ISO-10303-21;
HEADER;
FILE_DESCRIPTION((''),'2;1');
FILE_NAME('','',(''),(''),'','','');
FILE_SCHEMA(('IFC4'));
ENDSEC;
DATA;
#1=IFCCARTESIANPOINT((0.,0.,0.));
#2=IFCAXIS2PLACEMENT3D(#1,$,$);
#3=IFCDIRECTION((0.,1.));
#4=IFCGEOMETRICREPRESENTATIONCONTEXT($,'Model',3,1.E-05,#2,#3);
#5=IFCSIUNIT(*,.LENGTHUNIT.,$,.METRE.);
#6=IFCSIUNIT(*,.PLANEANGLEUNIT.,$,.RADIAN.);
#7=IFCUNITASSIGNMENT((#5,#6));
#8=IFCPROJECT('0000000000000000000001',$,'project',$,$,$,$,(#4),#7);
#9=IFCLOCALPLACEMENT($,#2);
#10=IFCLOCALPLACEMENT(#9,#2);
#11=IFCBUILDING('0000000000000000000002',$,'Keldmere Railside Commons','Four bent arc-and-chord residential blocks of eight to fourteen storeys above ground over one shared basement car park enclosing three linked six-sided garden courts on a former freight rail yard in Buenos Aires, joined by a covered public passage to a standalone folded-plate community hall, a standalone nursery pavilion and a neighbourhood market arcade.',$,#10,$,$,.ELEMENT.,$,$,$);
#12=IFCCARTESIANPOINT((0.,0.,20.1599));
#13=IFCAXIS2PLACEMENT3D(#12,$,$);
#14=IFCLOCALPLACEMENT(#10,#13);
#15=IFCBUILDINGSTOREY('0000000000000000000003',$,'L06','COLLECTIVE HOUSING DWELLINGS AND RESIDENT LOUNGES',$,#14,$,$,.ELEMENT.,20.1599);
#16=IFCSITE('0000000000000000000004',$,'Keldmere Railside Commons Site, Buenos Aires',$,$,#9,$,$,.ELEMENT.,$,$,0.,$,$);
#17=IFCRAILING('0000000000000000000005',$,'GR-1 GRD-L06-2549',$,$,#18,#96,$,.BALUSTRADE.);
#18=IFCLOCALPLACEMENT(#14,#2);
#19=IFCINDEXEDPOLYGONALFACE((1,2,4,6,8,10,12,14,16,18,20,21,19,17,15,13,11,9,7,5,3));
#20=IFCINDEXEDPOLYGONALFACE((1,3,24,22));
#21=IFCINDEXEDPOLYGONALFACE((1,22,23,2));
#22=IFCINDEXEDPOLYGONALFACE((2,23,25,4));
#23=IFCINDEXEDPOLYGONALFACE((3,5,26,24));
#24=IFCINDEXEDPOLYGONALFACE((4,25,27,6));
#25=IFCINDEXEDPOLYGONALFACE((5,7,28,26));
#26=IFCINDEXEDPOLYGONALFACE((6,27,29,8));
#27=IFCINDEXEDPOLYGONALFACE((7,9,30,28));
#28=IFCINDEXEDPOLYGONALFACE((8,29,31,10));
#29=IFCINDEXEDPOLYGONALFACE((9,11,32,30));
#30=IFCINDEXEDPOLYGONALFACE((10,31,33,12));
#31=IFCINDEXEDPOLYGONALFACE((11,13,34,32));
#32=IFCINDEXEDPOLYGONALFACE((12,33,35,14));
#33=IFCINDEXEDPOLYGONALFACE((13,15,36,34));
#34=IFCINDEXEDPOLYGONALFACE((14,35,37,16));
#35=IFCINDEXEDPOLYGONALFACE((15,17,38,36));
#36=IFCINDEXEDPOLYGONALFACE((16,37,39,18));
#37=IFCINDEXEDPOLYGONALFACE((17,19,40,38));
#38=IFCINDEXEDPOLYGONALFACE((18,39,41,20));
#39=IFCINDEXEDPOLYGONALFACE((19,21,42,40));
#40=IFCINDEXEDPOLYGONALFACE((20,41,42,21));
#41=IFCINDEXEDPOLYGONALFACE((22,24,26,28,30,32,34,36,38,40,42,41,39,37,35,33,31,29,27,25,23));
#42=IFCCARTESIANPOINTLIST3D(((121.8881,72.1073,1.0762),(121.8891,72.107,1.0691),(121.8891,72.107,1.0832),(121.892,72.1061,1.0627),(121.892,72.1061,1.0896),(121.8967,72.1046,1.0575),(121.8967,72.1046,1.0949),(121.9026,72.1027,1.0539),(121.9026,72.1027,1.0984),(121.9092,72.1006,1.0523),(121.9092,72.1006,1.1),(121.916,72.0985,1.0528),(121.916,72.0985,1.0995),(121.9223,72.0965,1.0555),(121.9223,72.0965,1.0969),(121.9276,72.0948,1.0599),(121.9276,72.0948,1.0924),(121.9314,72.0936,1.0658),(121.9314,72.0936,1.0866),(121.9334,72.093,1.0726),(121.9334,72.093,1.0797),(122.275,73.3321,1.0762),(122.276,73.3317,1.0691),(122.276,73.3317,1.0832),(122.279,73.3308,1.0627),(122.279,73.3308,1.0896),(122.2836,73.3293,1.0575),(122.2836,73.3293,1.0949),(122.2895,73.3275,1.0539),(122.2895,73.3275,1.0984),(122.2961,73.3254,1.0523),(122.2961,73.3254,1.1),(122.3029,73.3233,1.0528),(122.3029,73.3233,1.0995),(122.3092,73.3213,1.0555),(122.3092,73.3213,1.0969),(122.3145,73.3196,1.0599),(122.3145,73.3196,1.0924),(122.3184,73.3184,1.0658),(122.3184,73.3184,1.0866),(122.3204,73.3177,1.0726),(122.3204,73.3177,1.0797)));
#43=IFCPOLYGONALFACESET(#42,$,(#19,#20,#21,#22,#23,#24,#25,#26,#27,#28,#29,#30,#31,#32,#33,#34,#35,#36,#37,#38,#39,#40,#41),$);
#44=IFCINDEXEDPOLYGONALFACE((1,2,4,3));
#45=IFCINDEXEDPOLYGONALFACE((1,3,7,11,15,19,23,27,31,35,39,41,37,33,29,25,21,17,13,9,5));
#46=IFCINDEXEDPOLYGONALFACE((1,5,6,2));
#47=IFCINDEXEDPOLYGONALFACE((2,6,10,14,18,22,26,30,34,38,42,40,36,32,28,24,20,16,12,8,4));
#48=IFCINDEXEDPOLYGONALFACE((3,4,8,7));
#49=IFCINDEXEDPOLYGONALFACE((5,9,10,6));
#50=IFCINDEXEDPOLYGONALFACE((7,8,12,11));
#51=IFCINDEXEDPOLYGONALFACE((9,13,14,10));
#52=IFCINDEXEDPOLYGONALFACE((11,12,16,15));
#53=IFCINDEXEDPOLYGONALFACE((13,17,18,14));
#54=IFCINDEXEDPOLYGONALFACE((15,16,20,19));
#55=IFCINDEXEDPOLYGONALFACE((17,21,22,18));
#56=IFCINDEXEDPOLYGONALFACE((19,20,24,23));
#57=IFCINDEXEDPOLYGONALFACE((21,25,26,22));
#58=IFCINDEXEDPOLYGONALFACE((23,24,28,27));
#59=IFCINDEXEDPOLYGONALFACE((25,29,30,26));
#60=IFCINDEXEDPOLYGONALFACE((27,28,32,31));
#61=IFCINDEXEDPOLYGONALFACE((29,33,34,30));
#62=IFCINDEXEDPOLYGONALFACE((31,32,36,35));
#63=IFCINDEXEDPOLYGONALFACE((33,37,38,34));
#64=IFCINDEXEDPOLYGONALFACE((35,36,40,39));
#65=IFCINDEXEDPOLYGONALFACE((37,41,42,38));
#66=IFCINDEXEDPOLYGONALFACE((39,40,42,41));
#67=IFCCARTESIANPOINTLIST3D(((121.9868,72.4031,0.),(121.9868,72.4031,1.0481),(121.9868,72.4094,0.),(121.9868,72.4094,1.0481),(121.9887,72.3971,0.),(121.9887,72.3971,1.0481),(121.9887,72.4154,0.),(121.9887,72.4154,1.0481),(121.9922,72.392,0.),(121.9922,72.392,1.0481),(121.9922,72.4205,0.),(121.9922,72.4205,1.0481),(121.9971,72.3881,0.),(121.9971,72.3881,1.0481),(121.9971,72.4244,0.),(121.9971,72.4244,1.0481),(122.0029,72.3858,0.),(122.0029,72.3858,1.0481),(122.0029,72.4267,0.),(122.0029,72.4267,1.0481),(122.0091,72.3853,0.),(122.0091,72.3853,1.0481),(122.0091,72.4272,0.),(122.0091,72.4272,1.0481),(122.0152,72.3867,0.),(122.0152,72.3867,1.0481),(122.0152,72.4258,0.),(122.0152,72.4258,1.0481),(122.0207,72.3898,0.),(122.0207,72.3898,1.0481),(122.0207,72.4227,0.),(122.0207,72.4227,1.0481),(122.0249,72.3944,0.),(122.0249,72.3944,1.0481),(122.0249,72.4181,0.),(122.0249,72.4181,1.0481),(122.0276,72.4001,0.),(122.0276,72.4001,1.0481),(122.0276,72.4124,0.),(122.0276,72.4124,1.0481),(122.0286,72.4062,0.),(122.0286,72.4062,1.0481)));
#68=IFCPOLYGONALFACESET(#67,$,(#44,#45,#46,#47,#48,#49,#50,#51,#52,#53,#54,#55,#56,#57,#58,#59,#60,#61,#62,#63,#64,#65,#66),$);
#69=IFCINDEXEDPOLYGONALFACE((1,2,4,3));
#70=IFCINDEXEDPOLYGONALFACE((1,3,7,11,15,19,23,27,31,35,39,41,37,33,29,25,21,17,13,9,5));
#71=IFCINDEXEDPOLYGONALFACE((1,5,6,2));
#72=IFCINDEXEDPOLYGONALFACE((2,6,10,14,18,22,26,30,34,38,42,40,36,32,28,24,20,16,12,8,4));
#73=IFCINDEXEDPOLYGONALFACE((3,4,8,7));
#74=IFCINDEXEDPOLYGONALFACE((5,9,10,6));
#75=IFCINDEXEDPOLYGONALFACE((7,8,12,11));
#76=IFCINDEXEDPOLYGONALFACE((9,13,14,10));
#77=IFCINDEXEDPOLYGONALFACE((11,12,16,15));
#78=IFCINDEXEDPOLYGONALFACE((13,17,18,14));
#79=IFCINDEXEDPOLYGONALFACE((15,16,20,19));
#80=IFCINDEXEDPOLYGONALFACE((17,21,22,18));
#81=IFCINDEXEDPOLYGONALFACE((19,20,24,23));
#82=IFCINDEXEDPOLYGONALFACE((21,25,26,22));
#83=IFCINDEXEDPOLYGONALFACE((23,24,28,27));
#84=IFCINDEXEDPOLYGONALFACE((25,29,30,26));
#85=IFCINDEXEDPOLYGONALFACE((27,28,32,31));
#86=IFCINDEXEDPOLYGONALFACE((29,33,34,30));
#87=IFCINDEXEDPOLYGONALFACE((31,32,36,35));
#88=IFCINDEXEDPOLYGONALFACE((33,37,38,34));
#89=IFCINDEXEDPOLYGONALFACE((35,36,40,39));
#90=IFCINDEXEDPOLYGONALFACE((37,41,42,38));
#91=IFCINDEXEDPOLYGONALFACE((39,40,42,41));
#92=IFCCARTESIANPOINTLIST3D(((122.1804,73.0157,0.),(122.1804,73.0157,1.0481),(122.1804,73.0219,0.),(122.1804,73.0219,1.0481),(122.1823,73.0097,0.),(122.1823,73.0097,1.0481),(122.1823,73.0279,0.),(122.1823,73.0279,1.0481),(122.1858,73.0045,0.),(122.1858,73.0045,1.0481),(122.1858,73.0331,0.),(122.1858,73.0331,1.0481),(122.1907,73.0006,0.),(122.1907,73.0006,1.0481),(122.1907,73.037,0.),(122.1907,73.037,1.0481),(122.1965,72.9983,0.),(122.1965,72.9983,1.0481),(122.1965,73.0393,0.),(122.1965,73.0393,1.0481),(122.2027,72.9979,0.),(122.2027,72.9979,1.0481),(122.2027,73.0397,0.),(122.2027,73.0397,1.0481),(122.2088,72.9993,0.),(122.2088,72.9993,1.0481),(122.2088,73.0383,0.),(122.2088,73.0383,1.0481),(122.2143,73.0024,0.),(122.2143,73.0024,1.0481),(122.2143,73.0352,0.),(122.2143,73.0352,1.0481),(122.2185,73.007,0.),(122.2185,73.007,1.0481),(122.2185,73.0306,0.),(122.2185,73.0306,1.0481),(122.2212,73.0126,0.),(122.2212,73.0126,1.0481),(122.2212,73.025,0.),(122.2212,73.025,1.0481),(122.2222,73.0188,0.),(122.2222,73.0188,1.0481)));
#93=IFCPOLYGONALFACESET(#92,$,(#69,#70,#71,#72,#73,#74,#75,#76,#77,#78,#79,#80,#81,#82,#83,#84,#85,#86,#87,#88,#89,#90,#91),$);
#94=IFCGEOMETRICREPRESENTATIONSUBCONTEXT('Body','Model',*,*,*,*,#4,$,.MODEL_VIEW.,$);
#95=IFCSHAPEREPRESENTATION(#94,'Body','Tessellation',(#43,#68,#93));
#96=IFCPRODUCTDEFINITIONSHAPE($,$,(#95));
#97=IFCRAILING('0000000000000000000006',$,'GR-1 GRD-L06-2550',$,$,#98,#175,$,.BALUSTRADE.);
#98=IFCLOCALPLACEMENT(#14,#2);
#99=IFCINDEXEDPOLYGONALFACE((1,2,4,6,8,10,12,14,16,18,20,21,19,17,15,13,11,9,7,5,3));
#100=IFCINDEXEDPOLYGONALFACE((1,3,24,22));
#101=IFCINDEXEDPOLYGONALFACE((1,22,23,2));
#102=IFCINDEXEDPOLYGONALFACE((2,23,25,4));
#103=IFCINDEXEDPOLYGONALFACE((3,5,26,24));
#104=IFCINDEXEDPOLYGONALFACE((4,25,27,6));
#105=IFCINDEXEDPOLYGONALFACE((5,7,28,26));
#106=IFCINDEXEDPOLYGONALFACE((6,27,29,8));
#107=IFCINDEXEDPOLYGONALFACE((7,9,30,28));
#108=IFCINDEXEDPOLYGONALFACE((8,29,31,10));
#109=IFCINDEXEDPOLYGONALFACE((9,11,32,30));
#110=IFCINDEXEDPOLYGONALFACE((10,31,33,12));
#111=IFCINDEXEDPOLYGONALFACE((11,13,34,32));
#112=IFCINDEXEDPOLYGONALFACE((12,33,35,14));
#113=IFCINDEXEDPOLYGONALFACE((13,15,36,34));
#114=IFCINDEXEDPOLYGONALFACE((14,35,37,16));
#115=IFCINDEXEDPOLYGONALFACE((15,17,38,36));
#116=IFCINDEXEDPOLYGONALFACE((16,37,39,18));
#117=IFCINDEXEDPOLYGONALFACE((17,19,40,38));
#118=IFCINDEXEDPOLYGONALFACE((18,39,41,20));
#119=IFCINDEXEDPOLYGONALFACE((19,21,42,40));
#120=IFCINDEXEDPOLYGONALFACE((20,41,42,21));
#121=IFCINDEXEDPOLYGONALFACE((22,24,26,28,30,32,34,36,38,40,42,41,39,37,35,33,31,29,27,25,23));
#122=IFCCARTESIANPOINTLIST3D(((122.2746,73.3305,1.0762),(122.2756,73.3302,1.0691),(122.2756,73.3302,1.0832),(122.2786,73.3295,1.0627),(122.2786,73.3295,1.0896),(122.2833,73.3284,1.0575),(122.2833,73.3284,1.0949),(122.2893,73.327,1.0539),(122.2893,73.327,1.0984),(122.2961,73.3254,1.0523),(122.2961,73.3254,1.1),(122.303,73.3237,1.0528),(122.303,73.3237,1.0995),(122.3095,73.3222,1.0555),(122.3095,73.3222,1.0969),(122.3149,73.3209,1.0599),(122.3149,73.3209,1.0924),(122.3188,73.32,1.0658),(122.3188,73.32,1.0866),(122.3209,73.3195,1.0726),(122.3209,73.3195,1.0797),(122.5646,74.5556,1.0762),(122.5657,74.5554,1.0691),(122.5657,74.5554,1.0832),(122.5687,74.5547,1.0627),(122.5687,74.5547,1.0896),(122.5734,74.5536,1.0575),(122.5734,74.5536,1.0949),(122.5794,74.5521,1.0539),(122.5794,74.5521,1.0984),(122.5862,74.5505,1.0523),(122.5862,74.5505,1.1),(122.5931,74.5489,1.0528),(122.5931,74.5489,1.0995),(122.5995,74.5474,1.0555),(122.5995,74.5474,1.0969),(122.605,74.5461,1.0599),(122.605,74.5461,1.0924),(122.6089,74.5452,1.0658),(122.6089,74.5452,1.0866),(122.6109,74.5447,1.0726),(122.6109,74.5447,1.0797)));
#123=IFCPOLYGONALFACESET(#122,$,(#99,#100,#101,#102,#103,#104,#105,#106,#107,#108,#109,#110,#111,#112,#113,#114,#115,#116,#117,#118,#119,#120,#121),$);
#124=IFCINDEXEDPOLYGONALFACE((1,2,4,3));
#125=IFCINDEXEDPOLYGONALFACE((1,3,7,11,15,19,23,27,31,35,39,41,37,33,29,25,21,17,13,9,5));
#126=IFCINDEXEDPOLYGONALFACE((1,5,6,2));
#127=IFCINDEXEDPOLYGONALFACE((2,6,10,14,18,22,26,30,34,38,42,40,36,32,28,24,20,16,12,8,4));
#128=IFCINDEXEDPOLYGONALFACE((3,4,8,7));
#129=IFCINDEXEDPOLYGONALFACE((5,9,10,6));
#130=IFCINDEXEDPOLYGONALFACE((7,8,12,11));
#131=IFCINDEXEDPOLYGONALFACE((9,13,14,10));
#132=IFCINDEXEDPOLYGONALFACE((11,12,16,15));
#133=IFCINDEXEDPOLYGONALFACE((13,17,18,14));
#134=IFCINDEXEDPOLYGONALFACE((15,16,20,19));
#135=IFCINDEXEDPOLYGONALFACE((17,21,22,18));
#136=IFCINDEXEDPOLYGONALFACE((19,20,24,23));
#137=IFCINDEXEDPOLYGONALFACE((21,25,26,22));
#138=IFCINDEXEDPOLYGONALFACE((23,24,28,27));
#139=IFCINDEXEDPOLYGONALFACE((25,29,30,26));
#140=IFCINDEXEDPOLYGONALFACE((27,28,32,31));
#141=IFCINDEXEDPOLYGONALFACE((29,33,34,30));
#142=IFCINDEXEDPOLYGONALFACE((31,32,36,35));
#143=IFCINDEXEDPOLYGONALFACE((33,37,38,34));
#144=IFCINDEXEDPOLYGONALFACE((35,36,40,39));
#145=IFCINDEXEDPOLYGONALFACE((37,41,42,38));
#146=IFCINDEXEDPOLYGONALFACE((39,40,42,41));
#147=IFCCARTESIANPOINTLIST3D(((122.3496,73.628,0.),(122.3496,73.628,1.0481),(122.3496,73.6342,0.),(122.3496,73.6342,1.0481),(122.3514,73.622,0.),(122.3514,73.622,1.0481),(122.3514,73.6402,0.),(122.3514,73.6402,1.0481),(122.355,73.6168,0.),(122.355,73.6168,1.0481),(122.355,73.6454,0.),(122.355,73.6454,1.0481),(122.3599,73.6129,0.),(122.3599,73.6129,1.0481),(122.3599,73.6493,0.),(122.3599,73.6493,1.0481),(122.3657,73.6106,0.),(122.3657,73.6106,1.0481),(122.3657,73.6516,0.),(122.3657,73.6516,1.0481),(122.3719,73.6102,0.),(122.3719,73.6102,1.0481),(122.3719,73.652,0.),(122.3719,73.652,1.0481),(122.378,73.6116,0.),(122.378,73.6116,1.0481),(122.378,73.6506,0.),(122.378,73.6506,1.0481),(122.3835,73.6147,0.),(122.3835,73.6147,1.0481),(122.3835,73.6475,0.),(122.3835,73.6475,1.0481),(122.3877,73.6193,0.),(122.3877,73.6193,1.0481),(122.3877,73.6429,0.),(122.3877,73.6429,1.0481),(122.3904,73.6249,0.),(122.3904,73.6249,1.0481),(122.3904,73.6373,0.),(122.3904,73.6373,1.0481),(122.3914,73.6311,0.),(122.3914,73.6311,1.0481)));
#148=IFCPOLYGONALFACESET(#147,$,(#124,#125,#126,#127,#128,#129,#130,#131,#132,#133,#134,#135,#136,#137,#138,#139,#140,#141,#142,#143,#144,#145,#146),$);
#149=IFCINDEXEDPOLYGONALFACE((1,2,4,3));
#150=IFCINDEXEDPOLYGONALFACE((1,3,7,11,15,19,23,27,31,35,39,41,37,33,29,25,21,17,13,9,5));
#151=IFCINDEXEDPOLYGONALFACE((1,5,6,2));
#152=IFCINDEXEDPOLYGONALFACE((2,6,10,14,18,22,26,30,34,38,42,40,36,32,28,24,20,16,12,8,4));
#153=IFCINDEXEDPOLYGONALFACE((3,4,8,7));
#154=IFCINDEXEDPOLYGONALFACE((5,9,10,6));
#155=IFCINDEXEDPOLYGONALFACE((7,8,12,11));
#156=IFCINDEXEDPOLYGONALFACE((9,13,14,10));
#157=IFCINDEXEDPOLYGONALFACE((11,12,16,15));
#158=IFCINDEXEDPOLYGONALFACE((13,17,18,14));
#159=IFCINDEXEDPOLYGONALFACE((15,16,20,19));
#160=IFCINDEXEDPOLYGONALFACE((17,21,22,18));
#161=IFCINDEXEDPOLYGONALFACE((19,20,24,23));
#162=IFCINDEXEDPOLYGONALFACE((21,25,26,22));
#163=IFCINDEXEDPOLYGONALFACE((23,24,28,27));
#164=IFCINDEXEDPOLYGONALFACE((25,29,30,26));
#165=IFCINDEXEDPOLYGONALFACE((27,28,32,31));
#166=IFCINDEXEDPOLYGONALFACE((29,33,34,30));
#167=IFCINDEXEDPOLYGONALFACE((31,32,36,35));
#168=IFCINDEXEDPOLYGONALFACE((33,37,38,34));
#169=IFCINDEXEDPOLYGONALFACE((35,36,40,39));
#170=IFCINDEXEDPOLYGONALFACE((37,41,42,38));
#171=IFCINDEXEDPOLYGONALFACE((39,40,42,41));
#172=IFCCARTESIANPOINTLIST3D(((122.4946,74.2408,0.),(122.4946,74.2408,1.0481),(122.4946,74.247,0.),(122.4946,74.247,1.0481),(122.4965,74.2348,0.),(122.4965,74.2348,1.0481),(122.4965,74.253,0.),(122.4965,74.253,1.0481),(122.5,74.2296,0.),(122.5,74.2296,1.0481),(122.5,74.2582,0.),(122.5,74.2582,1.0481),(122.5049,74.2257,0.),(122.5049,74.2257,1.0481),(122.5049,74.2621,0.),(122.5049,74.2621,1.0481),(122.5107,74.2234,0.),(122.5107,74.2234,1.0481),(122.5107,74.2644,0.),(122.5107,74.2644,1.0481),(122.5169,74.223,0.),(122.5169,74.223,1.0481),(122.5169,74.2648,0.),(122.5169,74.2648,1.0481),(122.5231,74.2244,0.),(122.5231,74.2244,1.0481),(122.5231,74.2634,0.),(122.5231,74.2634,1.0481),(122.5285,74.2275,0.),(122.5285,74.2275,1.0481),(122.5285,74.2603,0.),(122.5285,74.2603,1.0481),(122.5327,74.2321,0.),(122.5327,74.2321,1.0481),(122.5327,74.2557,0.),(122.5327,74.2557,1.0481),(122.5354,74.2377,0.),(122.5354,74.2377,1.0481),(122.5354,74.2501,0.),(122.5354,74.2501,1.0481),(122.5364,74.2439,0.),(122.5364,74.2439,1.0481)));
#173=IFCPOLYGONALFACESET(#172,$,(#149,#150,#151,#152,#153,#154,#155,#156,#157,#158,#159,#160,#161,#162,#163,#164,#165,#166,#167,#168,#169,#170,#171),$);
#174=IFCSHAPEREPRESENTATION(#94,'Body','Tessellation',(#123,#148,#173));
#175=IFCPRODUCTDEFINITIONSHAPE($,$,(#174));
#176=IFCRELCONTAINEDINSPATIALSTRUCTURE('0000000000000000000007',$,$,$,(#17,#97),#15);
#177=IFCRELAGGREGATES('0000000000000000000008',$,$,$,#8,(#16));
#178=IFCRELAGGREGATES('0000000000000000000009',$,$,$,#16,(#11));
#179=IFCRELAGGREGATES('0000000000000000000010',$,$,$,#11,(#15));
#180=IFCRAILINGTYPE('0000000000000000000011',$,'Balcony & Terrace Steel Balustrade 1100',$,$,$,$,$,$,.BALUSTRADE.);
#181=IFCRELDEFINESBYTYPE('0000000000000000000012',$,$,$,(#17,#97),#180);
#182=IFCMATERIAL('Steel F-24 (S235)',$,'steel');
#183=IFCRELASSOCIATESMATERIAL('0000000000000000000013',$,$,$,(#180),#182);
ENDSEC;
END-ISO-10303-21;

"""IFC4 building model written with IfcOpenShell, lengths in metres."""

from ifc_helpers import new_model, si_unit, direction, frame, origin, origin_2d, place, context, subcontext, project, spatial, circle, extrude, material, type_object, element, save


model = new_model("IFC4")

# Units and contexts
model_context = context("Model", 3, precision=1e-05, world=origin(), true_north=direction((0.0, 1.0)))
body_context = subcontext(model_context, "Body", "Model", "MODEL_VIEW")
ifc_project = project(units=[si_unit("LENGTHUNIT", "METRE"), si_unit("PLANEANGLEUNIT", "RADIAN")], contexts=[model_context])

# Site, building, storey
site_placement = place(None, origin())
site = spatial("IfcSite", under=ifc_project, at=site_placement, Name="Keldmere Railside Commons Site, Buenos Aires", CompositionType="ELEMENT", RefElevation=0.0)
building_placement = place(site_placement, origin())
building = spatial("IfcBuilding", under=site, at=building_placement, Name="Keldmere Railside Commons", Description="Four bent arc-and-chord residential blocks of eight to fourteen storeys above ground over one shared basement car park enclosing three linked six-sided garden courts on a former freight rail yard in Buenos Aires, joined by a covered public passage to a standalone folded-plate community hall, a standalone nursery pavilion and a neighbourhood market arcade.", CompositionType="ELEMENT")
storey_placement = place(building_placement, frame((0.0, 0.0, 20.1599)))
storey = spatial("IfcBuildingStorey", under=building, at=storey_placement, Name="L06", Description="COLLECTIVE HOUSING DWELLINGS AND RESIDENT LOUNGES", CompositionType="ELEMENT", Elevation=20.1599)

# Railings
ifc_material_1 = material(Name="Steel F-24 (S235)", Category="steel")
railing_type_1 = type_object("IfcRailingType", Name="Balcony & Terrace Steel Balustrade 1100", PredefinedType="BALUSTRADE", material=ifc_material_1)
railing_1_placement = place(storey_placement, frame((121.9109, 72.1001, 0.0)))
element("IfcRailing", 1, at=railing_1_placement, inside=storey, type_object=railing_type_1, Name="GR-1 GRD-L06-2549", PredefinedType="BALUSTRADE", context=body_context, shape_type="SweptSolid", body=[
    extrude(circle(Radius=0.0239, at=origin_2d()), frame((0.0, 0.0, 1.0762), z_axis=(0.30125, 0.953545, 0.0), x_axis=(-0.953545, 0.30125, 0.0)), (0.0, 0.0, 1.0), 1.2844),
    extrude(circle(Radius=0.021, at=origin_2d()), frame((0.0967, 0.3062, 0.0)), (0.0, 0.0, 1.0), 1.0481),
    extrude(circle(Radius=0.021, at=origin_2d()), frame((0.2903, 0.9187, 0.0)), (0.0, 0.0, 1.0), 1.0481),
])
railing_2_placement = place(storey_placement, frame((122.2979, 73.325, 0.0)))
element("IfcRailing", 2, at=railing_2_placement, inside=storey, type_object=railing_type_1, Name="GR-1 GRD-L06-2550", PredefinedType="BALUSTRADE", context=body_context, shape_type="SweptSolid", body=[
    extrude(circle(Radius=0.0239, at=origin_2d()), frame((0.0, 0.0, 1.0762), z_axis=(0.230379, 0.973101, 0.0), x_axis=(-0.973101, 0.230379, 0.0)), (0.0, 0.0, 1.0), 1.259),
    extrude(circle(Radius=0.021, at=origin_2d()), frame((0.0725, 0.3062, 0.0)), (0.0, 0.0, 1.0), 1.0481),
    extrude(circle(Radius=0.021, at=origin_2d()), frame((0.2175, 0.9189, 0.0)), (0.0, 0.0, 1.0), 1.0481),
])

save(model, "model.ifc")
